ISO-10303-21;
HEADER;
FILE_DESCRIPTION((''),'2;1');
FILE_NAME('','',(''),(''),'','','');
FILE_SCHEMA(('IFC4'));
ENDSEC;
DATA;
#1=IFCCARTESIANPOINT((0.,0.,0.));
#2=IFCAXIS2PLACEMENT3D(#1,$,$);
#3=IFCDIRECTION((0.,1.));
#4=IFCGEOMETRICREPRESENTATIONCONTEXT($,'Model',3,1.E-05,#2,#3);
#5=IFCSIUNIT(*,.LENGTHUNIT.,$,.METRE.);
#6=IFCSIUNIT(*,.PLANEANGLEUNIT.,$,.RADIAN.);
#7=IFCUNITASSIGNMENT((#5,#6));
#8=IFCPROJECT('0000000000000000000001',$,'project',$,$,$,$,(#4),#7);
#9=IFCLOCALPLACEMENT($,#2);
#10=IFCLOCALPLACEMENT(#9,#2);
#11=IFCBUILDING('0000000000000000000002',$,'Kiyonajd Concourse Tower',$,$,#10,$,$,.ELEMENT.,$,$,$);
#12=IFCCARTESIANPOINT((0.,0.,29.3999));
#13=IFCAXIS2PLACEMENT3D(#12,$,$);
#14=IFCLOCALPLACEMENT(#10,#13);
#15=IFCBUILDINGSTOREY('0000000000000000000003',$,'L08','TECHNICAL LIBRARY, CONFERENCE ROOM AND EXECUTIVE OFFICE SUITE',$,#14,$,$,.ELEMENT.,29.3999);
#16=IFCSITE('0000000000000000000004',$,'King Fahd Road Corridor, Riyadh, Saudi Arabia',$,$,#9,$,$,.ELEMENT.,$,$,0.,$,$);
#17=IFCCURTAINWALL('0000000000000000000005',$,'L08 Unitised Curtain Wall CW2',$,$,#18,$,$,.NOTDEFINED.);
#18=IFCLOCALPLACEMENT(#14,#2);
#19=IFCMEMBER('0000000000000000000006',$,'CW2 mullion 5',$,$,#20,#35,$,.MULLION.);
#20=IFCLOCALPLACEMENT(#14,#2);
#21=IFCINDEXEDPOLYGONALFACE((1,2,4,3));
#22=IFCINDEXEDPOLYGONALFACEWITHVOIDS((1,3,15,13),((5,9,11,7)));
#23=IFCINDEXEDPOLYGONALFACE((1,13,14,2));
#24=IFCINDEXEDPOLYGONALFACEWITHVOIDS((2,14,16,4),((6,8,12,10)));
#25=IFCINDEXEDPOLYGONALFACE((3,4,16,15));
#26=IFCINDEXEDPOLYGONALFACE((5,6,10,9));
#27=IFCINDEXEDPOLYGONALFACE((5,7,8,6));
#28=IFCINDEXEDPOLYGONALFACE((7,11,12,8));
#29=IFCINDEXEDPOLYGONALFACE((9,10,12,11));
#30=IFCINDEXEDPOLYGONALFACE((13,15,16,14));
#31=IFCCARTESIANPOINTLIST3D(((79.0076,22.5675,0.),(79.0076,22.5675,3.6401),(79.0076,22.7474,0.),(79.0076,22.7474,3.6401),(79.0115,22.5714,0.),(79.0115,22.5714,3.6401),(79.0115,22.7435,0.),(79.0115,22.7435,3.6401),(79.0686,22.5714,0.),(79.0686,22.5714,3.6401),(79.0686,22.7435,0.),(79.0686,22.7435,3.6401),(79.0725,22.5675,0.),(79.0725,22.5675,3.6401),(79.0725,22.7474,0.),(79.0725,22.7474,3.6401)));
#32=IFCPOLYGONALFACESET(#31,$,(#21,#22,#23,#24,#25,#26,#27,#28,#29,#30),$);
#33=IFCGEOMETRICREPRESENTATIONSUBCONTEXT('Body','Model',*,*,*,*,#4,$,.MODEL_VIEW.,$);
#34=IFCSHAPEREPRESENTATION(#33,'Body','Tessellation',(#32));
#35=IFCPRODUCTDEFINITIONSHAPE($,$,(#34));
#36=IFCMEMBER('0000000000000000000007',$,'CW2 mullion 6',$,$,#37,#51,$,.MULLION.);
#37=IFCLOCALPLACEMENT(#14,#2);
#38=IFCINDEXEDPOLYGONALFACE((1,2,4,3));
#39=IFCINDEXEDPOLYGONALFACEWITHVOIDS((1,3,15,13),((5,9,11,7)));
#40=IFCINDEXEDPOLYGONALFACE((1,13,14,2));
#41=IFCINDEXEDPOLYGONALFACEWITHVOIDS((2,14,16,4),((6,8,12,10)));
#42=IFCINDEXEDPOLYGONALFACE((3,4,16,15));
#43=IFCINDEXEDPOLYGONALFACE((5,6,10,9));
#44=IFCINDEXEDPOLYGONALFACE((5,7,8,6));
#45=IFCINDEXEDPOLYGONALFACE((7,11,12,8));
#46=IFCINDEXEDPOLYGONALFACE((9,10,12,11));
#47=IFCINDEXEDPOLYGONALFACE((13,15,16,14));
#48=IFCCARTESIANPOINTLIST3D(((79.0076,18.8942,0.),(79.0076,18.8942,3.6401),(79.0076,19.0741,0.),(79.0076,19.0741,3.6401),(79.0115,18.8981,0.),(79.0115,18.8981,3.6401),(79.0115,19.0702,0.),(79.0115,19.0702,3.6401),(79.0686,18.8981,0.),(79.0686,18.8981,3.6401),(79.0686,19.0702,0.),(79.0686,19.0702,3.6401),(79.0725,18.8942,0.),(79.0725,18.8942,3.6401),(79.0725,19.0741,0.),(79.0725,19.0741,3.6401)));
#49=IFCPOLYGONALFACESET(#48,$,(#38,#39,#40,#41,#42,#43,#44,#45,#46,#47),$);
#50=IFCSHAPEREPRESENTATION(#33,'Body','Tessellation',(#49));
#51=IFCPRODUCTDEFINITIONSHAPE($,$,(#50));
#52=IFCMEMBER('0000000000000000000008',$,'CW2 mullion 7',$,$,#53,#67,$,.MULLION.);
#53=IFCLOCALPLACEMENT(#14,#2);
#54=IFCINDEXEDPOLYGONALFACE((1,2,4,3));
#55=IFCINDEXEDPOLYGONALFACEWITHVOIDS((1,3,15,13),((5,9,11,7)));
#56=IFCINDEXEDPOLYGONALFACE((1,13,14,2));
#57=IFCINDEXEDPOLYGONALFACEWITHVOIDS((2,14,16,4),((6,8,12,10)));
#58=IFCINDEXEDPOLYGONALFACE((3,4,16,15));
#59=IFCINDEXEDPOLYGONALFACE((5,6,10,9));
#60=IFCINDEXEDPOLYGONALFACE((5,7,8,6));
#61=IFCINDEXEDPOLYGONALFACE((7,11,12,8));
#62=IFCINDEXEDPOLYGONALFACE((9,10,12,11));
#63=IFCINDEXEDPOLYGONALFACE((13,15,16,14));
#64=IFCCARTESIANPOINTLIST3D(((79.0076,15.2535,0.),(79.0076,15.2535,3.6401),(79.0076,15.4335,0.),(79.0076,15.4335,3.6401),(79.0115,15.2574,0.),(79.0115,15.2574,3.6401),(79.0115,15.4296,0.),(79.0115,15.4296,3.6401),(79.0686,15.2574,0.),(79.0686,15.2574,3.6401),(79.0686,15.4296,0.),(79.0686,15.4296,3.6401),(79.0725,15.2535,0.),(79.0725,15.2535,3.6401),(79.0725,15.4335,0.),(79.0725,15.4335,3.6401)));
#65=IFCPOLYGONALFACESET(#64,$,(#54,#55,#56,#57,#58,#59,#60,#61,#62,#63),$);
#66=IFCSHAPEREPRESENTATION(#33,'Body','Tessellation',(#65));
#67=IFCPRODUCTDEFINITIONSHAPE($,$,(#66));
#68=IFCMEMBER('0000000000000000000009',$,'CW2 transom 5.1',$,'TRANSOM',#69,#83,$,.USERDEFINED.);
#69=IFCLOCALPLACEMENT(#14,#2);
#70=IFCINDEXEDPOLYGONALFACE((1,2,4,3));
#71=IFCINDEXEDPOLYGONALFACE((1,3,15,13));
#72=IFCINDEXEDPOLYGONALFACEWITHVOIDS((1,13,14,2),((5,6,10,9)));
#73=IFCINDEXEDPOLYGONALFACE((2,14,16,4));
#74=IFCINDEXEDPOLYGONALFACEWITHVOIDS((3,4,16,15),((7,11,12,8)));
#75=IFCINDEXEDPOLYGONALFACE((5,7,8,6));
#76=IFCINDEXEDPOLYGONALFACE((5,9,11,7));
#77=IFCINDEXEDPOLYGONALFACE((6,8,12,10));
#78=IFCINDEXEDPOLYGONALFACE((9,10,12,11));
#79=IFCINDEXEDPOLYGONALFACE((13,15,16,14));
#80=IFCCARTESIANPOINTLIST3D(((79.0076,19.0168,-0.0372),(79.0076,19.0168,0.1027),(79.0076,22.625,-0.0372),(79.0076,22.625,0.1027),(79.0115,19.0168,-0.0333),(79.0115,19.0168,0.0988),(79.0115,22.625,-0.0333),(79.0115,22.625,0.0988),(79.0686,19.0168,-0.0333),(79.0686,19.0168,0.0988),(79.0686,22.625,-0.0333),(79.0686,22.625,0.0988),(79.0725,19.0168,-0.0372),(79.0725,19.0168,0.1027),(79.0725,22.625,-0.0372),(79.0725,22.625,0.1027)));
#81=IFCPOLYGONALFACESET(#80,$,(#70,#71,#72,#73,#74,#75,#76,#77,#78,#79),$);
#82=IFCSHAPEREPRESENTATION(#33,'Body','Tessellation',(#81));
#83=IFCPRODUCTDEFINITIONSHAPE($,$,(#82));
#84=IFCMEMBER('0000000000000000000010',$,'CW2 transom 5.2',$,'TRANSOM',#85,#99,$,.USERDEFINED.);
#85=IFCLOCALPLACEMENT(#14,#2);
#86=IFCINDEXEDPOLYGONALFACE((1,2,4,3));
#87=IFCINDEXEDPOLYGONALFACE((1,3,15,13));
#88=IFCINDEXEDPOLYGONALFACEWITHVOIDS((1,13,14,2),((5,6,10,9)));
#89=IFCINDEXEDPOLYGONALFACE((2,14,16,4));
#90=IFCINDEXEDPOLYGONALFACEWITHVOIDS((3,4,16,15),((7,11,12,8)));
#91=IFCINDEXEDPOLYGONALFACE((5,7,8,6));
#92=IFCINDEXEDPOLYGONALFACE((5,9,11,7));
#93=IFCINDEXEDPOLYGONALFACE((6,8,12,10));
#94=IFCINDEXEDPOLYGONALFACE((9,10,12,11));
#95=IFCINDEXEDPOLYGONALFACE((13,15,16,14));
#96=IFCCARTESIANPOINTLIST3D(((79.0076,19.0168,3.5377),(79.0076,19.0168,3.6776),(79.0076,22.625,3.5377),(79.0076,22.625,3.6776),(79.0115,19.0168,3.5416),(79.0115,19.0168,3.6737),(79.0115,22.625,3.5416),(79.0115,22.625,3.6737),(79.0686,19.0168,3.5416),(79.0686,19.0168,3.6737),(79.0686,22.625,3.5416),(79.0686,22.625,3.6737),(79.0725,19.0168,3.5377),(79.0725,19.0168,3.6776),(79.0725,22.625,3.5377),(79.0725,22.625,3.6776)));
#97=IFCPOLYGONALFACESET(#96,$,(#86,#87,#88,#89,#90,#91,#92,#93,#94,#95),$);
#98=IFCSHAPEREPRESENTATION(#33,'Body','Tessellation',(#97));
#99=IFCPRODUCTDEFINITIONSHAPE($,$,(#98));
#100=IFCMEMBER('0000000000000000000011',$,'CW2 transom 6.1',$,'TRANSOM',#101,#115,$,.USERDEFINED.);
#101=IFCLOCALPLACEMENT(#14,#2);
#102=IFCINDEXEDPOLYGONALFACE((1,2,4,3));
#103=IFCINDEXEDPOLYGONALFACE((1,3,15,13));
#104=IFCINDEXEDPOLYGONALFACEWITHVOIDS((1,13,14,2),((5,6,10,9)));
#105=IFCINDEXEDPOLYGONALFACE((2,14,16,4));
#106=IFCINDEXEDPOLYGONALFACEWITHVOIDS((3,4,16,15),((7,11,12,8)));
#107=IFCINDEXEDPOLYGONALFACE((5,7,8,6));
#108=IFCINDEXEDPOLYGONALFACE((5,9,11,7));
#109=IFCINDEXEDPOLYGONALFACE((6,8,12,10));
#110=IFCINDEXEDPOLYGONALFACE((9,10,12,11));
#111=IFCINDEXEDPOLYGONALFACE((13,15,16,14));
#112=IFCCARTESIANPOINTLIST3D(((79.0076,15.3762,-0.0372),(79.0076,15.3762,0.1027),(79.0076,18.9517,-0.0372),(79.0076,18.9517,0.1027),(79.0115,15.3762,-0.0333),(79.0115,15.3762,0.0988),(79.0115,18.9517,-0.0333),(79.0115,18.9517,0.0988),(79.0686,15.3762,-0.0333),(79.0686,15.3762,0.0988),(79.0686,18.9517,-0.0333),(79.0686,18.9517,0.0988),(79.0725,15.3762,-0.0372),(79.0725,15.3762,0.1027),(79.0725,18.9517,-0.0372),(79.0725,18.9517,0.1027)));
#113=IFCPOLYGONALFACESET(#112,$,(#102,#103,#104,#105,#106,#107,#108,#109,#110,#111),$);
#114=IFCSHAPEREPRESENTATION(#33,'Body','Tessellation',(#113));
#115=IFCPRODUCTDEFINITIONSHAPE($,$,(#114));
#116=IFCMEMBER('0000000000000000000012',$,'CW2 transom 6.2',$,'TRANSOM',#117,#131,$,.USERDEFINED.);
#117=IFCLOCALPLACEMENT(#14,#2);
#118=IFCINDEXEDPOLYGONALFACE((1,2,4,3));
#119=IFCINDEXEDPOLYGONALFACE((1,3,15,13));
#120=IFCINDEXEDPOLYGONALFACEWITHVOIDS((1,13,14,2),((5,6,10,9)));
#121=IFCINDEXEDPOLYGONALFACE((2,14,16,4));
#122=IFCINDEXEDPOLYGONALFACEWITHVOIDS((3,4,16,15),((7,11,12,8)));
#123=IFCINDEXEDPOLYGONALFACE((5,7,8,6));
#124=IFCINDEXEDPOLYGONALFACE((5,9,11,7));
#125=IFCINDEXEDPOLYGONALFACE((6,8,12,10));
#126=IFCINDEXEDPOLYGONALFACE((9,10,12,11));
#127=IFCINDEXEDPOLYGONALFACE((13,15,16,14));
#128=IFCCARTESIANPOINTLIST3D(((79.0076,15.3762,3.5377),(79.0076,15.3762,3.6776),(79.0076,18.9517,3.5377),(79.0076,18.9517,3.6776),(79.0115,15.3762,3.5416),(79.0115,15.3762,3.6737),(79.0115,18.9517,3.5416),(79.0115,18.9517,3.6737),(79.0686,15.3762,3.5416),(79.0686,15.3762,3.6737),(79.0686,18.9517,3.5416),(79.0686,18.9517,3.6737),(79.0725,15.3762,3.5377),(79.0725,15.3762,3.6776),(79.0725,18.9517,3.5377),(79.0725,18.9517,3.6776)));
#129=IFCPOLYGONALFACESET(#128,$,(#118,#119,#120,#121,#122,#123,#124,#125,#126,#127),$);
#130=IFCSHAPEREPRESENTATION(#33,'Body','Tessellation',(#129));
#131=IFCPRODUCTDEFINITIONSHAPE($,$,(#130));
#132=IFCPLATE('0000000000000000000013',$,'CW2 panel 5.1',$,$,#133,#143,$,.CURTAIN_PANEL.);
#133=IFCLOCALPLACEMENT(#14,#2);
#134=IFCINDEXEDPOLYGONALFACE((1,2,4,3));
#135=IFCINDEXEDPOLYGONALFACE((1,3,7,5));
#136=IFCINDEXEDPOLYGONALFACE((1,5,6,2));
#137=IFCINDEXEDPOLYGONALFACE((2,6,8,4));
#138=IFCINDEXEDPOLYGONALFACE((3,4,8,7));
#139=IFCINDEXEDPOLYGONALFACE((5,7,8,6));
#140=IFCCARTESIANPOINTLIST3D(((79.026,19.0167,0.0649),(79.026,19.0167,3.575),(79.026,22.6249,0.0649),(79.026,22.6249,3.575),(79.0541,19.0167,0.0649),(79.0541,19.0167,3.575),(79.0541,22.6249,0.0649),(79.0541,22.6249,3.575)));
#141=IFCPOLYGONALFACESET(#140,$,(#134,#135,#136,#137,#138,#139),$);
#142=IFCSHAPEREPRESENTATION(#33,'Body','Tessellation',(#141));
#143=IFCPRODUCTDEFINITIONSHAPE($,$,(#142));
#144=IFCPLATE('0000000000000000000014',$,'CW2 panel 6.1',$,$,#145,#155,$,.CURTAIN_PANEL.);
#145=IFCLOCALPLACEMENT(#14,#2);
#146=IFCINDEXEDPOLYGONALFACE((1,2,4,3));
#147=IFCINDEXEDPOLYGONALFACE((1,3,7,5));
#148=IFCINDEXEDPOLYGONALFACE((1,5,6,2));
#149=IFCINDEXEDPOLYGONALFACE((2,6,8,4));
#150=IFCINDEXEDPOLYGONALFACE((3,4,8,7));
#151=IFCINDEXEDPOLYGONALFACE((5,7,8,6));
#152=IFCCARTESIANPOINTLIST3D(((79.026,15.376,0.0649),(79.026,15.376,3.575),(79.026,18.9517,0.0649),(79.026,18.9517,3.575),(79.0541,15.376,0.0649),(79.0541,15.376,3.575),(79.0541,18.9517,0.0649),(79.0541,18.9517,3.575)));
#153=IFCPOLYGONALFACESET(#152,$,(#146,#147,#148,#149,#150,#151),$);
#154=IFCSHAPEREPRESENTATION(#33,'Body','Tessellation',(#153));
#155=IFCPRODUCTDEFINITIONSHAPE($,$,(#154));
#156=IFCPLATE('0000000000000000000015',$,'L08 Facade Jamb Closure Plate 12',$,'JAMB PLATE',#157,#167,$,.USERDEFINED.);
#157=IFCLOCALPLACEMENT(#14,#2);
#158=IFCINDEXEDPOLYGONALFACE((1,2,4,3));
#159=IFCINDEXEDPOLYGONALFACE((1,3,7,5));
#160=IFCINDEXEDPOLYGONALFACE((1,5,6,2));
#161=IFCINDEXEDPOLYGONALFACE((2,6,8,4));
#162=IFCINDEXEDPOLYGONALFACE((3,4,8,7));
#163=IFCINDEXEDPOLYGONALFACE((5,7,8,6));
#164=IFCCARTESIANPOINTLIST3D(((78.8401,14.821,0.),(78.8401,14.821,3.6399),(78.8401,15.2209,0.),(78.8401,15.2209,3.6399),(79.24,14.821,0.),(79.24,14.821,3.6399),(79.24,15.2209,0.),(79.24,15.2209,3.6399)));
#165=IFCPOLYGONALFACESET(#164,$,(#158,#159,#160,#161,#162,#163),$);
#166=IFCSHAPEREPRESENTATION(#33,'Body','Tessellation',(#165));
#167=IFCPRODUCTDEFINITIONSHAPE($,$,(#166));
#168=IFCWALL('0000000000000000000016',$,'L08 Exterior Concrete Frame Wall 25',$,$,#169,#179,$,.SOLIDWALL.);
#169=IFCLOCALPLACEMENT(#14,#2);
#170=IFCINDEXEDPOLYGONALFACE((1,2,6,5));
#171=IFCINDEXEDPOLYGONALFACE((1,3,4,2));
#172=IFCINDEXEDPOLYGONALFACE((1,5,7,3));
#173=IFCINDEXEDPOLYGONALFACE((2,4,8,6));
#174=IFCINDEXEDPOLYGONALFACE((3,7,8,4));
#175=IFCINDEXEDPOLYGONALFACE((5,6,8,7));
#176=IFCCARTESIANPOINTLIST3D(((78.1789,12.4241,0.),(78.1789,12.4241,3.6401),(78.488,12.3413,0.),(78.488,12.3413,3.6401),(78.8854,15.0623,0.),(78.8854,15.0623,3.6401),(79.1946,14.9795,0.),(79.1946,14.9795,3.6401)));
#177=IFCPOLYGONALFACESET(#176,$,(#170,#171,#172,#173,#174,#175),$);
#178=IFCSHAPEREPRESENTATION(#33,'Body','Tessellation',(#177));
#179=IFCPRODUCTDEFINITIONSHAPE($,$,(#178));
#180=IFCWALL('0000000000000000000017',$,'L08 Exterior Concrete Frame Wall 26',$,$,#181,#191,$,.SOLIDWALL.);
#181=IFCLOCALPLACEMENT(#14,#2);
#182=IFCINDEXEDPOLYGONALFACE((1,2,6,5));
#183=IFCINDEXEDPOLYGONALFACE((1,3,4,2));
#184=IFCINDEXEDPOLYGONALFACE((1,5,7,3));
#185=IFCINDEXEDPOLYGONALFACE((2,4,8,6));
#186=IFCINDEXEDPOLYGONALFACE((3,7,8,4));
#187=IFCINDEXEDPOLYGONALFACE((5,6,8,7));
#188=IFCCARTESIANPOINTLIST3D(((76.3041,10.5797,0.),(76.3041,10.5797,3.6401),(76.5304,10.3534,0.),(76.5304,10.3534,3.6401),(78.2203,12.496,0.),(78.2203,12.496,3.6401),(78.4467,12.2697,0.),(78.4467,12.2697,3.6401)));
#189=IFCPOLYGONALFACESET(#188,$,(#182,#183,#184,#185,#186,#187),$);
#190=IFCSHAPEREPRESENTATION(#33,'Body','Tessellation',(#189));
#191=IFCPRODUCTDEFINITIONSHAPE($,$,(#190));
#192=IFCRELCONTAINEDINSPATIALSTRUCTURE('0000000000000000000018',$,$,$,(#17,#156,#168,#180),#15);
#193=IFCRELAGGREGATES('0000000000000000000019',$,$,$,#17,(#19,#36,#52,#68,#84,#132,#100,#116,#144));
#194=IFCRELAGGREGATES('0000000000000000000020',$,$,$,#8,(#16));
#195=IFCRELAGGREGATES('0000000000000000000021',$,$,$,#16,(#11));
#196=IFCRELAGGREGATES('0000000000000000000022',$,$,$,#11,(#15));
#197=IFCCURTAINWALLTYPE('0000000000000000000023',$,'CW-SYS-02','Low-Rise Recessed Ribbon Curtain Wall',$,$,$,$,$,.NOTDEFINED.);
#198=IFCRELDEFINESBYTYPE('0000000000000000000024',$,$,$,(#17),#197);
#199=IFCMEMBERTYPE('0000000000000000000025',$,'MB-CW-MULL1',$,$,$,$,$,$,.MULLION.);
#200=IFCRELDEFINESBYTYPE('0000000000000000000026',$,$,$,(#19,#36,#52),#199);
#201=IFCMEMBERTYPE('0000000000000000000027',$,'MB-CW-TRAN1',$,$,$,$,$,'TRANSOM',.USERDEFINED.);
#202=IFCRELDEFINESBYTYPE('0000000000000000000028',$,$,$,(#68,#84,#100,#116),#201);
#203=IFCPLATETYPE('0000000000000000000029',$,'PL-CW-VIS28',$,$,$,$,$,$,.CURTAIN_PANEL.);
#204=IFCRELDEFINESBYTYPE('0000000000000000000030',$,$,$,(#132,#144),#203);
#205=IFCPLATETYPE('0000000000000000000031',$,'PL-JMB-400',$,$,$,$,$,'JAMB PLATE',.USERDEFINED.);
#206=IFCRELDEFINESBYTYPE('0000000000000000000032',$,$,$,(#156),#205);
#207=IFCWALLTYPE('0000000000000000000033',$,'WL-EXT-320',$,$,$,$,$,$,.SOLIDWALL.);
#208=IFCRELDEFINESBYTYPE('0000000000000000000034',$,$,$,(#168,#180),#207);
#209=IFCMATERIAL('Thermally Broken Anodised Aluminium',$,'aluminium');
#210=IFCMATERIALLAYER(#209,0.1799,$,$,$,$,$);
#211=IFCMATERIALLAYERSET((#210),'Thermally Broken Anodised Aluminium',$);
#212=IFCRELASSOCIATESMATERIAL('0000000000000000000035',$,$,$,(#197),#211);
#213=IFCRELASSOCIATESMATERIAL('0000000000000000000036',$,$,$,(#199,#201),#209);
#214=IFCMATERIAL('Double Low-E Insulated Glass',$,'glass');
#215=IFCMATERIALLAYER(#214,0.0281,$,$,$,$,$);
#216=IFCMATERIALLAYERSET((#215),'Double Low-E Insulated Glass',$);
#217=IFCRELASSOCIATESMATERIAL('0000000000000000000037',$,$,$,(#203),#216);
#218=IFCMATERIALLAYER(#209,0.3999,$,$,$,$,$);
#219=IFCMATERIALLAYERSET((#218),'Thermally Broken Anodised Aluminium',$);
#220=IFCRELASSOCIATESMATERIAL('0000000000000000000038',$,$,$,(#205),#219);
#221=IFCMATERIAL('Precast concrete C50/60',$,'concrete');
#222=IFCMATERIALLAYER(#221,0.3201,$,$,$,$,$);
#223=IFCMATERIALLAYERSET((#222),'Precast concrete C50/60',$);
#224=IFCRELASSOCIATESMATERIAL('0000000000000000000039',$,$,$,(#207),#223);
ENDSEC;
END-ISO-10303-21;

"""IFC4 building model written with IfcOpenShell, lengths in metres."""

from ifc_helpers import new_model, si_unit, direction, frame, frame_2d, origin, origin_2d, place, context, subcontext, project, spatial, rectangle, hollow_rectangle, extrude, material, layer, layer_set, material_profile, profile_set, type_object, element, aggregate, save


model = new_model("IFC4")

# Units and contexts
model_context = context("Model", 3, precision=1e-05, world=origin(), true_north=direction((0.0, 1.0)))
body_context = subcontext(model_context, "Body", "Model", "MODEL_VIEW")
ifc_project = project(units=[si_unit("LENGTHUNIT", "METRE"), si_unit("PLANEANGLEUNIT", "RADIAN")], contexts=[model_context])

# Site, building, storey
site_placement = place(None, origin())
site = spatial("IfcSite", under=ifc_project, at=site_placement, Name="King Fahd Road Corridor, Riyadh, Saudi Arabia", CompositionType="ELEMENT", RefElevation=0.0)
building_placement = place(site_placement, origin())
building = spatial("IfcBuilding", under=site, at=building_placement, Name="Kiyonajd Concourse Tower", CompositionType="ELEMENT")
storey_placement = place(building_placement, frame((0.0, 0.0, 29.3999)))
storey = spatial("IfcBuildingStorey", under=building, at=storey_placement, Name="L08", Description="TECHNICAL LIBRARY, CONFERENCE ROOM AND EXECUTIVE OFFICE SUITE", CompositionType="ELEMENT", Elevation=29.3999)

# Shared definitions
ifc_material_1 = material(Name="Precast concrete C50/60", Category="concrete")

# Curtain wall, members, plates
ifc_material_2 = material(Name="Thermally Broken Anodised Aluminium", Category="aluminium")
ifc_layer_1 = layer(ifc_material_2, 0.1799)
ifc_layer_set_1 = layer_set([ifc_layer_1], Name="Thermally Broken Anodised Aluminium")
curtain_wall_type = type_object("IfcCurtainWallType", Name="CW-SYS-02", Description="Low-Rise Recessed Ribbon Curtain Wall", PredefinedType="NOTDEFINED", material=ifc_layer_set_1)
curtain_wall_placement = place(storey_placement, origin())
curtain_wall = element("IfcCurtainWall", 1, at=curtain_wall_placement, inside=storey, type_object=curtain_wall_type, Name="L08 Unitised Curtain Wall CW2", PredefinedType="NOTDEFINED")
ifc_material_profile_1 = material_profile(ifc_material_2, hollow_rectangle(XDim=0.0649, YDim=0.1799, WallThickness=0.0039, at=origin_2d()), Name="MULL-65x180")
ifc_profile_set_1 = profile_set([ifc_material_profile_1], Name="Thermally Broken Anodised Aluminium")
member_type_1 = type_object("IfcMemberType", Name="MB-CW-MULL1", PredefinedType="MULLION", material=ifc_profile_set_1)
member_1_placement = place(storey_placement, frame((79.04, 22.6575, 0.0), z_axis=(0.0, 0.0, 1.0), x_axis=(1.0, 0.0, 0.0)))
member_1 = element("IfcMember", 2, at=member_1_placement, type_object=member_type_1, Name="CW2 mullion 5", PredefinedType="MULLION", context=body_context, shape_type="SweptSolid", body=[
    extrude(hollow_rectangle(XDim=0.0649, YDim=0.1799, WallThickness=0.0039, at=origin_2d()), origin(), (0.0, 0.0, 1.0), 3.6401),
])
member_2_placement = place(storey_placement, frame((79.04, 18.9841, 0.0), z_axis=(0.0, 0.0, 1.0), x_axis=(1.0, 0.0, 0.0)))
member_2 = element("IfcMember", 3, at=member_2_placement, type_object=member_type_1, Name="CW2 mullion 6", PredefinedType="MULLION", context=body_context, shape_type="SweptSolid", body=[
    extrude(hollow_rectangle(XDim=0.0649, YDim=0.1799, WallThickness=0.0039, at=origin_2d()), origin(), (0.0, 0.0, 1.0), 3.6401),
])
member_3_placement = place(storey_placement, frame((79.04, 15.3435, 0.0), z_axis=(0.0, 0.0, 1.0), x_axis=(1.0, 0.0, 0.0)))
member_3 = element("IfcMember", 4, at=member_3_placement, type_object=member_type_1, Name="CW2 mullion 7", PredefinedType="MULLION", context=body_context, shape_type="SweptSolid", body=[
    extrude(hollow_rectangle(XDim=0.0649, YDim=0.1799, WallThickness=0.0039, at=origin_2d()), origin(), (0.0, 0.0, 1.0), 3.6401),
])
ifc_material_profile_2 = material_profile(ifc_material_2, hollow_rectangle(XDim=0.0649, YDim=0.1399, WallThickness=0.0039, at=origin_2d()), Name="TRAN-65x140")
ifc_profile_set_2 = profile_set([ifc_material_profile_2], Name="Thermally Broken Anodised Aluminium")
member_type_2 = type_object("IfcMemberType", Name="MB-CW-TRAN1", ElementType="TRANSOM", PredefinedType="USERDEFINED", material=ifc_profile_set_2)
member_4_placement = place(storey_placement, frame((79.04, 22.625, 0.0327), z_axis=(0.0, -1.0, 0.0), x_axis=(1.0, 0.0, 0.0)))
member_4 = element("IfcMember", 5, at=member_4_placement, type_object=member_type_2, Name="CW2 transom 5.1", ObjectType="TRANSOM", PredefinedType="USERDEFINED", context=body_context, shape_type="SweptSolid", body=[
    extrude(hollow_rectangle(XDim=0.0649, YDim=0.1399, WallThickness=0.0039, at=origin_2d()), origin(), (0.0, 0.0, 1.0), 3.6082),
])
member_5_placement = place(storey_placement, frame((79.04, 22.625, 3.6077), z_axis=(0.0, -1.0, 0.0), x_axis=(1.0, 0.0, 0.0)))
member_5 = element("IfcMember", 6, at=member_5_placement, type_object=member_type_2, Name="CW2 transom 5.2", ObjectType="TRANSOM", PredefinedType="USERDEFINED", context=body_context, shape_type="SweptSolid", body=[
    extrude(hollow_rectangle(XDim=0.0649, YDim=0.1399, WallThickness=0.0039, at=origin_2d()), origin(), (0.0, 0.0, 1.0), 3.6082),
])
member_6_placement = place(storey_placement, frame((79.04, 18.9517, 0.0327), z_axis=(0.0, -1.0, 0.0), x_axis=(1.0, 0.0, 0.0)))
member_6 = element("IfcMember", 7, at=member_6_placement, type_object=member_type_2, Name="CW2 transom 6.1", ObjectType="TRANSOM", PredefinedType="USERDEFINED", context=body_context, shape_type="SweptSolid", body=[
    extrude(hollow_rectangle(XDim=0.0649, YDim=0.1399, WallThickness=0.0039, at=origin_2d()), origin(), (0.0, 0.0, 1.0), 3.5754),
])
member_7_placement = place(storey_placement, frame((79.04, 18.9517, 3.6077), z_axis=(0.0, -1.0, 0.0), x_axis=(1.0, 0.0, 0.0)))
member_7 = element("IfcMember", 8, at=member_7_placement, type_object=member_type_2, Name="CW2 transom 6.2", ObjectType="TRANSOM", PredefinedType="USERDEFINED", context=body_context, shape_type="SweptSolid", body=[
    extrude(hollow_rectangle(XDim=0.0649, YDim=0.1399, WallThickness=0.0039, at=origin_2d()), origin(), (0.0, 0.0, 1.0), 3.5754),
])
ifc_material_3 = material(Name="Double Low-E Insulated Glass", Category="glass")
ifc_layer_2 = layer(ifc_material_3, 0.0281)
ifc_layer_set_2 = layer_set([ifc_layer_2], Name="Double Low-E Insulated Glass")
plate_type_1 = type_object("IfcPlateType", Name="PL-CW-VIS28", PredefinedType="CURTAIN_PANEL", material=ifc_layer_set_2)
plate_1_placement = place(storey_placement, frame((79.04, 20.8208, 0.0649), z_axis=(0.0, 0.0, 1.0), x_axis=(0.0, -1.0, 0.0)))
plate_1 = element("IfcPlate", 9, at=plate_1_placement, type_object=plate_type_1, Name="CW2 panel 5.1", PredefinedType="CURTAIN_PANEL", context=body_context, shape_type="SweptSolid", body=[
    extrude(rectangle(XDim=3.6082, YDim=0.0281, at=origin_2d()), origin(), (0.0, 0.0, 1.0), 3.51),
])
plate_2_placement = place(storey_placement, frame((79.04, 17.1638, 0.0649), z_axis=(0.0, 0.0, 1.0), x_axis=(0.0, -1.0, 0.0)))
plate_2 = element("IfcPlate", 10, at=plate_2_placement, type_object=plate_type_1, Name="CW2 panel 6.1", PredefinedType="CURTAIN_PANEL", context=body_context, shape_type="SweptSolid", body=[
    extrude(rectangle(XDim=3.5757, YDim=0.0281, at=origin_2d()), origin(), (0.0, 0.0, 1.0), 3.51),
])
aggregate(curtain_wall, [member_1, member_2, member_3, member_4, member_5, plate_1, member_6, member_7, plate_2])

# Plate
ifc_layer_3 = layer(ifc_material_2, 0.3999)
ifc_layer_set_3 = layer_set([ifc_layer_3], Name="Thermally Broken Anodised Aluminium")
plate_type_2 = type_object("IfcPlateType", Name="PL-JMB-400", ElementType="JAMB PLATE", PredefinedType="USERDEFINED", material=ifc_layer_set_3)
plate_3_placement = place(storey_placement, frame((79.04, 15.021, 0.0), z_axis=(0.0, 0.0, 1.0), x_axis=(1.0, 0.0, 0.0)))
element("IfcPlate", 11, at=plate_3_placement, inside=storey, type_object=plate_type_2, Name="L08 Facade Jamb Closure Plate 12", ObjectType="JAMB PLATE", PredefinedType="USERDEFINED", context=body_context, shape_type="SweptSolid", body=[
    extrude(rectangle(XDim=0.3999, YDim=0.3999, at=origin_2d()), origin(), (0.0, 0.0, 1.0), 3.6399),
])

# Walls
ifc_layer_4 = layer(ifc_material_1, 0.3201)
ifc_layer_set_4 = layer_set([ifc_layer_4], Name="Precast concrete C50/60")
wall_type = type_object("IfcWallType", Name="WL-EXT-320", PredefinedType="SOLIDWALL", material=ifc_layer_set_4)
wall_1_placement = place(storey_placement, frame((79.04, 15.021, 0.0), z_axis=(0.0, 0.0, 1.0), x_axis=(-0.258697, -0.965958, 0.0)))
element("IfcWall", 12, at=wall_1_placement, inside=storey, type_object=wall_type, Name="L08 Exterior Concrete Frame Wall 25", PredefinedType="SOLIDWALL", context=body_context, shape_type="SweptSolid", body=[
    extrude(rectangle(XDim=2.7312, YDim=0.3201, at=frame_2d((1.3657, 0.0))), origin(), (0.0, 0.0, 1.0), 3.6401),
])
wall_2_placement = place(storey_placement, frame((78.3335, 12.3828, 0.0), z_axis=(0.0, 0.0, 1.0), x_axis=(-0.707107, -0.707107, 0.0)))
element("IfcWall", 13, at=wall_2_placement, inside=storey, type_object=wall_type, Name="L08 Exterior Concrete Frame Wall 26", PredefinedType="SOLIDWALL", context=body_context, shape_type="SweptSolid", body=[
    extrude(rectangle(XDim=2.71, YDim=0.3201, at=frame_2d((1.355, 0.0))), origin(), (0.0, 0.0, 1.0), 3.6401),
])

save(model, "model.ifc")
